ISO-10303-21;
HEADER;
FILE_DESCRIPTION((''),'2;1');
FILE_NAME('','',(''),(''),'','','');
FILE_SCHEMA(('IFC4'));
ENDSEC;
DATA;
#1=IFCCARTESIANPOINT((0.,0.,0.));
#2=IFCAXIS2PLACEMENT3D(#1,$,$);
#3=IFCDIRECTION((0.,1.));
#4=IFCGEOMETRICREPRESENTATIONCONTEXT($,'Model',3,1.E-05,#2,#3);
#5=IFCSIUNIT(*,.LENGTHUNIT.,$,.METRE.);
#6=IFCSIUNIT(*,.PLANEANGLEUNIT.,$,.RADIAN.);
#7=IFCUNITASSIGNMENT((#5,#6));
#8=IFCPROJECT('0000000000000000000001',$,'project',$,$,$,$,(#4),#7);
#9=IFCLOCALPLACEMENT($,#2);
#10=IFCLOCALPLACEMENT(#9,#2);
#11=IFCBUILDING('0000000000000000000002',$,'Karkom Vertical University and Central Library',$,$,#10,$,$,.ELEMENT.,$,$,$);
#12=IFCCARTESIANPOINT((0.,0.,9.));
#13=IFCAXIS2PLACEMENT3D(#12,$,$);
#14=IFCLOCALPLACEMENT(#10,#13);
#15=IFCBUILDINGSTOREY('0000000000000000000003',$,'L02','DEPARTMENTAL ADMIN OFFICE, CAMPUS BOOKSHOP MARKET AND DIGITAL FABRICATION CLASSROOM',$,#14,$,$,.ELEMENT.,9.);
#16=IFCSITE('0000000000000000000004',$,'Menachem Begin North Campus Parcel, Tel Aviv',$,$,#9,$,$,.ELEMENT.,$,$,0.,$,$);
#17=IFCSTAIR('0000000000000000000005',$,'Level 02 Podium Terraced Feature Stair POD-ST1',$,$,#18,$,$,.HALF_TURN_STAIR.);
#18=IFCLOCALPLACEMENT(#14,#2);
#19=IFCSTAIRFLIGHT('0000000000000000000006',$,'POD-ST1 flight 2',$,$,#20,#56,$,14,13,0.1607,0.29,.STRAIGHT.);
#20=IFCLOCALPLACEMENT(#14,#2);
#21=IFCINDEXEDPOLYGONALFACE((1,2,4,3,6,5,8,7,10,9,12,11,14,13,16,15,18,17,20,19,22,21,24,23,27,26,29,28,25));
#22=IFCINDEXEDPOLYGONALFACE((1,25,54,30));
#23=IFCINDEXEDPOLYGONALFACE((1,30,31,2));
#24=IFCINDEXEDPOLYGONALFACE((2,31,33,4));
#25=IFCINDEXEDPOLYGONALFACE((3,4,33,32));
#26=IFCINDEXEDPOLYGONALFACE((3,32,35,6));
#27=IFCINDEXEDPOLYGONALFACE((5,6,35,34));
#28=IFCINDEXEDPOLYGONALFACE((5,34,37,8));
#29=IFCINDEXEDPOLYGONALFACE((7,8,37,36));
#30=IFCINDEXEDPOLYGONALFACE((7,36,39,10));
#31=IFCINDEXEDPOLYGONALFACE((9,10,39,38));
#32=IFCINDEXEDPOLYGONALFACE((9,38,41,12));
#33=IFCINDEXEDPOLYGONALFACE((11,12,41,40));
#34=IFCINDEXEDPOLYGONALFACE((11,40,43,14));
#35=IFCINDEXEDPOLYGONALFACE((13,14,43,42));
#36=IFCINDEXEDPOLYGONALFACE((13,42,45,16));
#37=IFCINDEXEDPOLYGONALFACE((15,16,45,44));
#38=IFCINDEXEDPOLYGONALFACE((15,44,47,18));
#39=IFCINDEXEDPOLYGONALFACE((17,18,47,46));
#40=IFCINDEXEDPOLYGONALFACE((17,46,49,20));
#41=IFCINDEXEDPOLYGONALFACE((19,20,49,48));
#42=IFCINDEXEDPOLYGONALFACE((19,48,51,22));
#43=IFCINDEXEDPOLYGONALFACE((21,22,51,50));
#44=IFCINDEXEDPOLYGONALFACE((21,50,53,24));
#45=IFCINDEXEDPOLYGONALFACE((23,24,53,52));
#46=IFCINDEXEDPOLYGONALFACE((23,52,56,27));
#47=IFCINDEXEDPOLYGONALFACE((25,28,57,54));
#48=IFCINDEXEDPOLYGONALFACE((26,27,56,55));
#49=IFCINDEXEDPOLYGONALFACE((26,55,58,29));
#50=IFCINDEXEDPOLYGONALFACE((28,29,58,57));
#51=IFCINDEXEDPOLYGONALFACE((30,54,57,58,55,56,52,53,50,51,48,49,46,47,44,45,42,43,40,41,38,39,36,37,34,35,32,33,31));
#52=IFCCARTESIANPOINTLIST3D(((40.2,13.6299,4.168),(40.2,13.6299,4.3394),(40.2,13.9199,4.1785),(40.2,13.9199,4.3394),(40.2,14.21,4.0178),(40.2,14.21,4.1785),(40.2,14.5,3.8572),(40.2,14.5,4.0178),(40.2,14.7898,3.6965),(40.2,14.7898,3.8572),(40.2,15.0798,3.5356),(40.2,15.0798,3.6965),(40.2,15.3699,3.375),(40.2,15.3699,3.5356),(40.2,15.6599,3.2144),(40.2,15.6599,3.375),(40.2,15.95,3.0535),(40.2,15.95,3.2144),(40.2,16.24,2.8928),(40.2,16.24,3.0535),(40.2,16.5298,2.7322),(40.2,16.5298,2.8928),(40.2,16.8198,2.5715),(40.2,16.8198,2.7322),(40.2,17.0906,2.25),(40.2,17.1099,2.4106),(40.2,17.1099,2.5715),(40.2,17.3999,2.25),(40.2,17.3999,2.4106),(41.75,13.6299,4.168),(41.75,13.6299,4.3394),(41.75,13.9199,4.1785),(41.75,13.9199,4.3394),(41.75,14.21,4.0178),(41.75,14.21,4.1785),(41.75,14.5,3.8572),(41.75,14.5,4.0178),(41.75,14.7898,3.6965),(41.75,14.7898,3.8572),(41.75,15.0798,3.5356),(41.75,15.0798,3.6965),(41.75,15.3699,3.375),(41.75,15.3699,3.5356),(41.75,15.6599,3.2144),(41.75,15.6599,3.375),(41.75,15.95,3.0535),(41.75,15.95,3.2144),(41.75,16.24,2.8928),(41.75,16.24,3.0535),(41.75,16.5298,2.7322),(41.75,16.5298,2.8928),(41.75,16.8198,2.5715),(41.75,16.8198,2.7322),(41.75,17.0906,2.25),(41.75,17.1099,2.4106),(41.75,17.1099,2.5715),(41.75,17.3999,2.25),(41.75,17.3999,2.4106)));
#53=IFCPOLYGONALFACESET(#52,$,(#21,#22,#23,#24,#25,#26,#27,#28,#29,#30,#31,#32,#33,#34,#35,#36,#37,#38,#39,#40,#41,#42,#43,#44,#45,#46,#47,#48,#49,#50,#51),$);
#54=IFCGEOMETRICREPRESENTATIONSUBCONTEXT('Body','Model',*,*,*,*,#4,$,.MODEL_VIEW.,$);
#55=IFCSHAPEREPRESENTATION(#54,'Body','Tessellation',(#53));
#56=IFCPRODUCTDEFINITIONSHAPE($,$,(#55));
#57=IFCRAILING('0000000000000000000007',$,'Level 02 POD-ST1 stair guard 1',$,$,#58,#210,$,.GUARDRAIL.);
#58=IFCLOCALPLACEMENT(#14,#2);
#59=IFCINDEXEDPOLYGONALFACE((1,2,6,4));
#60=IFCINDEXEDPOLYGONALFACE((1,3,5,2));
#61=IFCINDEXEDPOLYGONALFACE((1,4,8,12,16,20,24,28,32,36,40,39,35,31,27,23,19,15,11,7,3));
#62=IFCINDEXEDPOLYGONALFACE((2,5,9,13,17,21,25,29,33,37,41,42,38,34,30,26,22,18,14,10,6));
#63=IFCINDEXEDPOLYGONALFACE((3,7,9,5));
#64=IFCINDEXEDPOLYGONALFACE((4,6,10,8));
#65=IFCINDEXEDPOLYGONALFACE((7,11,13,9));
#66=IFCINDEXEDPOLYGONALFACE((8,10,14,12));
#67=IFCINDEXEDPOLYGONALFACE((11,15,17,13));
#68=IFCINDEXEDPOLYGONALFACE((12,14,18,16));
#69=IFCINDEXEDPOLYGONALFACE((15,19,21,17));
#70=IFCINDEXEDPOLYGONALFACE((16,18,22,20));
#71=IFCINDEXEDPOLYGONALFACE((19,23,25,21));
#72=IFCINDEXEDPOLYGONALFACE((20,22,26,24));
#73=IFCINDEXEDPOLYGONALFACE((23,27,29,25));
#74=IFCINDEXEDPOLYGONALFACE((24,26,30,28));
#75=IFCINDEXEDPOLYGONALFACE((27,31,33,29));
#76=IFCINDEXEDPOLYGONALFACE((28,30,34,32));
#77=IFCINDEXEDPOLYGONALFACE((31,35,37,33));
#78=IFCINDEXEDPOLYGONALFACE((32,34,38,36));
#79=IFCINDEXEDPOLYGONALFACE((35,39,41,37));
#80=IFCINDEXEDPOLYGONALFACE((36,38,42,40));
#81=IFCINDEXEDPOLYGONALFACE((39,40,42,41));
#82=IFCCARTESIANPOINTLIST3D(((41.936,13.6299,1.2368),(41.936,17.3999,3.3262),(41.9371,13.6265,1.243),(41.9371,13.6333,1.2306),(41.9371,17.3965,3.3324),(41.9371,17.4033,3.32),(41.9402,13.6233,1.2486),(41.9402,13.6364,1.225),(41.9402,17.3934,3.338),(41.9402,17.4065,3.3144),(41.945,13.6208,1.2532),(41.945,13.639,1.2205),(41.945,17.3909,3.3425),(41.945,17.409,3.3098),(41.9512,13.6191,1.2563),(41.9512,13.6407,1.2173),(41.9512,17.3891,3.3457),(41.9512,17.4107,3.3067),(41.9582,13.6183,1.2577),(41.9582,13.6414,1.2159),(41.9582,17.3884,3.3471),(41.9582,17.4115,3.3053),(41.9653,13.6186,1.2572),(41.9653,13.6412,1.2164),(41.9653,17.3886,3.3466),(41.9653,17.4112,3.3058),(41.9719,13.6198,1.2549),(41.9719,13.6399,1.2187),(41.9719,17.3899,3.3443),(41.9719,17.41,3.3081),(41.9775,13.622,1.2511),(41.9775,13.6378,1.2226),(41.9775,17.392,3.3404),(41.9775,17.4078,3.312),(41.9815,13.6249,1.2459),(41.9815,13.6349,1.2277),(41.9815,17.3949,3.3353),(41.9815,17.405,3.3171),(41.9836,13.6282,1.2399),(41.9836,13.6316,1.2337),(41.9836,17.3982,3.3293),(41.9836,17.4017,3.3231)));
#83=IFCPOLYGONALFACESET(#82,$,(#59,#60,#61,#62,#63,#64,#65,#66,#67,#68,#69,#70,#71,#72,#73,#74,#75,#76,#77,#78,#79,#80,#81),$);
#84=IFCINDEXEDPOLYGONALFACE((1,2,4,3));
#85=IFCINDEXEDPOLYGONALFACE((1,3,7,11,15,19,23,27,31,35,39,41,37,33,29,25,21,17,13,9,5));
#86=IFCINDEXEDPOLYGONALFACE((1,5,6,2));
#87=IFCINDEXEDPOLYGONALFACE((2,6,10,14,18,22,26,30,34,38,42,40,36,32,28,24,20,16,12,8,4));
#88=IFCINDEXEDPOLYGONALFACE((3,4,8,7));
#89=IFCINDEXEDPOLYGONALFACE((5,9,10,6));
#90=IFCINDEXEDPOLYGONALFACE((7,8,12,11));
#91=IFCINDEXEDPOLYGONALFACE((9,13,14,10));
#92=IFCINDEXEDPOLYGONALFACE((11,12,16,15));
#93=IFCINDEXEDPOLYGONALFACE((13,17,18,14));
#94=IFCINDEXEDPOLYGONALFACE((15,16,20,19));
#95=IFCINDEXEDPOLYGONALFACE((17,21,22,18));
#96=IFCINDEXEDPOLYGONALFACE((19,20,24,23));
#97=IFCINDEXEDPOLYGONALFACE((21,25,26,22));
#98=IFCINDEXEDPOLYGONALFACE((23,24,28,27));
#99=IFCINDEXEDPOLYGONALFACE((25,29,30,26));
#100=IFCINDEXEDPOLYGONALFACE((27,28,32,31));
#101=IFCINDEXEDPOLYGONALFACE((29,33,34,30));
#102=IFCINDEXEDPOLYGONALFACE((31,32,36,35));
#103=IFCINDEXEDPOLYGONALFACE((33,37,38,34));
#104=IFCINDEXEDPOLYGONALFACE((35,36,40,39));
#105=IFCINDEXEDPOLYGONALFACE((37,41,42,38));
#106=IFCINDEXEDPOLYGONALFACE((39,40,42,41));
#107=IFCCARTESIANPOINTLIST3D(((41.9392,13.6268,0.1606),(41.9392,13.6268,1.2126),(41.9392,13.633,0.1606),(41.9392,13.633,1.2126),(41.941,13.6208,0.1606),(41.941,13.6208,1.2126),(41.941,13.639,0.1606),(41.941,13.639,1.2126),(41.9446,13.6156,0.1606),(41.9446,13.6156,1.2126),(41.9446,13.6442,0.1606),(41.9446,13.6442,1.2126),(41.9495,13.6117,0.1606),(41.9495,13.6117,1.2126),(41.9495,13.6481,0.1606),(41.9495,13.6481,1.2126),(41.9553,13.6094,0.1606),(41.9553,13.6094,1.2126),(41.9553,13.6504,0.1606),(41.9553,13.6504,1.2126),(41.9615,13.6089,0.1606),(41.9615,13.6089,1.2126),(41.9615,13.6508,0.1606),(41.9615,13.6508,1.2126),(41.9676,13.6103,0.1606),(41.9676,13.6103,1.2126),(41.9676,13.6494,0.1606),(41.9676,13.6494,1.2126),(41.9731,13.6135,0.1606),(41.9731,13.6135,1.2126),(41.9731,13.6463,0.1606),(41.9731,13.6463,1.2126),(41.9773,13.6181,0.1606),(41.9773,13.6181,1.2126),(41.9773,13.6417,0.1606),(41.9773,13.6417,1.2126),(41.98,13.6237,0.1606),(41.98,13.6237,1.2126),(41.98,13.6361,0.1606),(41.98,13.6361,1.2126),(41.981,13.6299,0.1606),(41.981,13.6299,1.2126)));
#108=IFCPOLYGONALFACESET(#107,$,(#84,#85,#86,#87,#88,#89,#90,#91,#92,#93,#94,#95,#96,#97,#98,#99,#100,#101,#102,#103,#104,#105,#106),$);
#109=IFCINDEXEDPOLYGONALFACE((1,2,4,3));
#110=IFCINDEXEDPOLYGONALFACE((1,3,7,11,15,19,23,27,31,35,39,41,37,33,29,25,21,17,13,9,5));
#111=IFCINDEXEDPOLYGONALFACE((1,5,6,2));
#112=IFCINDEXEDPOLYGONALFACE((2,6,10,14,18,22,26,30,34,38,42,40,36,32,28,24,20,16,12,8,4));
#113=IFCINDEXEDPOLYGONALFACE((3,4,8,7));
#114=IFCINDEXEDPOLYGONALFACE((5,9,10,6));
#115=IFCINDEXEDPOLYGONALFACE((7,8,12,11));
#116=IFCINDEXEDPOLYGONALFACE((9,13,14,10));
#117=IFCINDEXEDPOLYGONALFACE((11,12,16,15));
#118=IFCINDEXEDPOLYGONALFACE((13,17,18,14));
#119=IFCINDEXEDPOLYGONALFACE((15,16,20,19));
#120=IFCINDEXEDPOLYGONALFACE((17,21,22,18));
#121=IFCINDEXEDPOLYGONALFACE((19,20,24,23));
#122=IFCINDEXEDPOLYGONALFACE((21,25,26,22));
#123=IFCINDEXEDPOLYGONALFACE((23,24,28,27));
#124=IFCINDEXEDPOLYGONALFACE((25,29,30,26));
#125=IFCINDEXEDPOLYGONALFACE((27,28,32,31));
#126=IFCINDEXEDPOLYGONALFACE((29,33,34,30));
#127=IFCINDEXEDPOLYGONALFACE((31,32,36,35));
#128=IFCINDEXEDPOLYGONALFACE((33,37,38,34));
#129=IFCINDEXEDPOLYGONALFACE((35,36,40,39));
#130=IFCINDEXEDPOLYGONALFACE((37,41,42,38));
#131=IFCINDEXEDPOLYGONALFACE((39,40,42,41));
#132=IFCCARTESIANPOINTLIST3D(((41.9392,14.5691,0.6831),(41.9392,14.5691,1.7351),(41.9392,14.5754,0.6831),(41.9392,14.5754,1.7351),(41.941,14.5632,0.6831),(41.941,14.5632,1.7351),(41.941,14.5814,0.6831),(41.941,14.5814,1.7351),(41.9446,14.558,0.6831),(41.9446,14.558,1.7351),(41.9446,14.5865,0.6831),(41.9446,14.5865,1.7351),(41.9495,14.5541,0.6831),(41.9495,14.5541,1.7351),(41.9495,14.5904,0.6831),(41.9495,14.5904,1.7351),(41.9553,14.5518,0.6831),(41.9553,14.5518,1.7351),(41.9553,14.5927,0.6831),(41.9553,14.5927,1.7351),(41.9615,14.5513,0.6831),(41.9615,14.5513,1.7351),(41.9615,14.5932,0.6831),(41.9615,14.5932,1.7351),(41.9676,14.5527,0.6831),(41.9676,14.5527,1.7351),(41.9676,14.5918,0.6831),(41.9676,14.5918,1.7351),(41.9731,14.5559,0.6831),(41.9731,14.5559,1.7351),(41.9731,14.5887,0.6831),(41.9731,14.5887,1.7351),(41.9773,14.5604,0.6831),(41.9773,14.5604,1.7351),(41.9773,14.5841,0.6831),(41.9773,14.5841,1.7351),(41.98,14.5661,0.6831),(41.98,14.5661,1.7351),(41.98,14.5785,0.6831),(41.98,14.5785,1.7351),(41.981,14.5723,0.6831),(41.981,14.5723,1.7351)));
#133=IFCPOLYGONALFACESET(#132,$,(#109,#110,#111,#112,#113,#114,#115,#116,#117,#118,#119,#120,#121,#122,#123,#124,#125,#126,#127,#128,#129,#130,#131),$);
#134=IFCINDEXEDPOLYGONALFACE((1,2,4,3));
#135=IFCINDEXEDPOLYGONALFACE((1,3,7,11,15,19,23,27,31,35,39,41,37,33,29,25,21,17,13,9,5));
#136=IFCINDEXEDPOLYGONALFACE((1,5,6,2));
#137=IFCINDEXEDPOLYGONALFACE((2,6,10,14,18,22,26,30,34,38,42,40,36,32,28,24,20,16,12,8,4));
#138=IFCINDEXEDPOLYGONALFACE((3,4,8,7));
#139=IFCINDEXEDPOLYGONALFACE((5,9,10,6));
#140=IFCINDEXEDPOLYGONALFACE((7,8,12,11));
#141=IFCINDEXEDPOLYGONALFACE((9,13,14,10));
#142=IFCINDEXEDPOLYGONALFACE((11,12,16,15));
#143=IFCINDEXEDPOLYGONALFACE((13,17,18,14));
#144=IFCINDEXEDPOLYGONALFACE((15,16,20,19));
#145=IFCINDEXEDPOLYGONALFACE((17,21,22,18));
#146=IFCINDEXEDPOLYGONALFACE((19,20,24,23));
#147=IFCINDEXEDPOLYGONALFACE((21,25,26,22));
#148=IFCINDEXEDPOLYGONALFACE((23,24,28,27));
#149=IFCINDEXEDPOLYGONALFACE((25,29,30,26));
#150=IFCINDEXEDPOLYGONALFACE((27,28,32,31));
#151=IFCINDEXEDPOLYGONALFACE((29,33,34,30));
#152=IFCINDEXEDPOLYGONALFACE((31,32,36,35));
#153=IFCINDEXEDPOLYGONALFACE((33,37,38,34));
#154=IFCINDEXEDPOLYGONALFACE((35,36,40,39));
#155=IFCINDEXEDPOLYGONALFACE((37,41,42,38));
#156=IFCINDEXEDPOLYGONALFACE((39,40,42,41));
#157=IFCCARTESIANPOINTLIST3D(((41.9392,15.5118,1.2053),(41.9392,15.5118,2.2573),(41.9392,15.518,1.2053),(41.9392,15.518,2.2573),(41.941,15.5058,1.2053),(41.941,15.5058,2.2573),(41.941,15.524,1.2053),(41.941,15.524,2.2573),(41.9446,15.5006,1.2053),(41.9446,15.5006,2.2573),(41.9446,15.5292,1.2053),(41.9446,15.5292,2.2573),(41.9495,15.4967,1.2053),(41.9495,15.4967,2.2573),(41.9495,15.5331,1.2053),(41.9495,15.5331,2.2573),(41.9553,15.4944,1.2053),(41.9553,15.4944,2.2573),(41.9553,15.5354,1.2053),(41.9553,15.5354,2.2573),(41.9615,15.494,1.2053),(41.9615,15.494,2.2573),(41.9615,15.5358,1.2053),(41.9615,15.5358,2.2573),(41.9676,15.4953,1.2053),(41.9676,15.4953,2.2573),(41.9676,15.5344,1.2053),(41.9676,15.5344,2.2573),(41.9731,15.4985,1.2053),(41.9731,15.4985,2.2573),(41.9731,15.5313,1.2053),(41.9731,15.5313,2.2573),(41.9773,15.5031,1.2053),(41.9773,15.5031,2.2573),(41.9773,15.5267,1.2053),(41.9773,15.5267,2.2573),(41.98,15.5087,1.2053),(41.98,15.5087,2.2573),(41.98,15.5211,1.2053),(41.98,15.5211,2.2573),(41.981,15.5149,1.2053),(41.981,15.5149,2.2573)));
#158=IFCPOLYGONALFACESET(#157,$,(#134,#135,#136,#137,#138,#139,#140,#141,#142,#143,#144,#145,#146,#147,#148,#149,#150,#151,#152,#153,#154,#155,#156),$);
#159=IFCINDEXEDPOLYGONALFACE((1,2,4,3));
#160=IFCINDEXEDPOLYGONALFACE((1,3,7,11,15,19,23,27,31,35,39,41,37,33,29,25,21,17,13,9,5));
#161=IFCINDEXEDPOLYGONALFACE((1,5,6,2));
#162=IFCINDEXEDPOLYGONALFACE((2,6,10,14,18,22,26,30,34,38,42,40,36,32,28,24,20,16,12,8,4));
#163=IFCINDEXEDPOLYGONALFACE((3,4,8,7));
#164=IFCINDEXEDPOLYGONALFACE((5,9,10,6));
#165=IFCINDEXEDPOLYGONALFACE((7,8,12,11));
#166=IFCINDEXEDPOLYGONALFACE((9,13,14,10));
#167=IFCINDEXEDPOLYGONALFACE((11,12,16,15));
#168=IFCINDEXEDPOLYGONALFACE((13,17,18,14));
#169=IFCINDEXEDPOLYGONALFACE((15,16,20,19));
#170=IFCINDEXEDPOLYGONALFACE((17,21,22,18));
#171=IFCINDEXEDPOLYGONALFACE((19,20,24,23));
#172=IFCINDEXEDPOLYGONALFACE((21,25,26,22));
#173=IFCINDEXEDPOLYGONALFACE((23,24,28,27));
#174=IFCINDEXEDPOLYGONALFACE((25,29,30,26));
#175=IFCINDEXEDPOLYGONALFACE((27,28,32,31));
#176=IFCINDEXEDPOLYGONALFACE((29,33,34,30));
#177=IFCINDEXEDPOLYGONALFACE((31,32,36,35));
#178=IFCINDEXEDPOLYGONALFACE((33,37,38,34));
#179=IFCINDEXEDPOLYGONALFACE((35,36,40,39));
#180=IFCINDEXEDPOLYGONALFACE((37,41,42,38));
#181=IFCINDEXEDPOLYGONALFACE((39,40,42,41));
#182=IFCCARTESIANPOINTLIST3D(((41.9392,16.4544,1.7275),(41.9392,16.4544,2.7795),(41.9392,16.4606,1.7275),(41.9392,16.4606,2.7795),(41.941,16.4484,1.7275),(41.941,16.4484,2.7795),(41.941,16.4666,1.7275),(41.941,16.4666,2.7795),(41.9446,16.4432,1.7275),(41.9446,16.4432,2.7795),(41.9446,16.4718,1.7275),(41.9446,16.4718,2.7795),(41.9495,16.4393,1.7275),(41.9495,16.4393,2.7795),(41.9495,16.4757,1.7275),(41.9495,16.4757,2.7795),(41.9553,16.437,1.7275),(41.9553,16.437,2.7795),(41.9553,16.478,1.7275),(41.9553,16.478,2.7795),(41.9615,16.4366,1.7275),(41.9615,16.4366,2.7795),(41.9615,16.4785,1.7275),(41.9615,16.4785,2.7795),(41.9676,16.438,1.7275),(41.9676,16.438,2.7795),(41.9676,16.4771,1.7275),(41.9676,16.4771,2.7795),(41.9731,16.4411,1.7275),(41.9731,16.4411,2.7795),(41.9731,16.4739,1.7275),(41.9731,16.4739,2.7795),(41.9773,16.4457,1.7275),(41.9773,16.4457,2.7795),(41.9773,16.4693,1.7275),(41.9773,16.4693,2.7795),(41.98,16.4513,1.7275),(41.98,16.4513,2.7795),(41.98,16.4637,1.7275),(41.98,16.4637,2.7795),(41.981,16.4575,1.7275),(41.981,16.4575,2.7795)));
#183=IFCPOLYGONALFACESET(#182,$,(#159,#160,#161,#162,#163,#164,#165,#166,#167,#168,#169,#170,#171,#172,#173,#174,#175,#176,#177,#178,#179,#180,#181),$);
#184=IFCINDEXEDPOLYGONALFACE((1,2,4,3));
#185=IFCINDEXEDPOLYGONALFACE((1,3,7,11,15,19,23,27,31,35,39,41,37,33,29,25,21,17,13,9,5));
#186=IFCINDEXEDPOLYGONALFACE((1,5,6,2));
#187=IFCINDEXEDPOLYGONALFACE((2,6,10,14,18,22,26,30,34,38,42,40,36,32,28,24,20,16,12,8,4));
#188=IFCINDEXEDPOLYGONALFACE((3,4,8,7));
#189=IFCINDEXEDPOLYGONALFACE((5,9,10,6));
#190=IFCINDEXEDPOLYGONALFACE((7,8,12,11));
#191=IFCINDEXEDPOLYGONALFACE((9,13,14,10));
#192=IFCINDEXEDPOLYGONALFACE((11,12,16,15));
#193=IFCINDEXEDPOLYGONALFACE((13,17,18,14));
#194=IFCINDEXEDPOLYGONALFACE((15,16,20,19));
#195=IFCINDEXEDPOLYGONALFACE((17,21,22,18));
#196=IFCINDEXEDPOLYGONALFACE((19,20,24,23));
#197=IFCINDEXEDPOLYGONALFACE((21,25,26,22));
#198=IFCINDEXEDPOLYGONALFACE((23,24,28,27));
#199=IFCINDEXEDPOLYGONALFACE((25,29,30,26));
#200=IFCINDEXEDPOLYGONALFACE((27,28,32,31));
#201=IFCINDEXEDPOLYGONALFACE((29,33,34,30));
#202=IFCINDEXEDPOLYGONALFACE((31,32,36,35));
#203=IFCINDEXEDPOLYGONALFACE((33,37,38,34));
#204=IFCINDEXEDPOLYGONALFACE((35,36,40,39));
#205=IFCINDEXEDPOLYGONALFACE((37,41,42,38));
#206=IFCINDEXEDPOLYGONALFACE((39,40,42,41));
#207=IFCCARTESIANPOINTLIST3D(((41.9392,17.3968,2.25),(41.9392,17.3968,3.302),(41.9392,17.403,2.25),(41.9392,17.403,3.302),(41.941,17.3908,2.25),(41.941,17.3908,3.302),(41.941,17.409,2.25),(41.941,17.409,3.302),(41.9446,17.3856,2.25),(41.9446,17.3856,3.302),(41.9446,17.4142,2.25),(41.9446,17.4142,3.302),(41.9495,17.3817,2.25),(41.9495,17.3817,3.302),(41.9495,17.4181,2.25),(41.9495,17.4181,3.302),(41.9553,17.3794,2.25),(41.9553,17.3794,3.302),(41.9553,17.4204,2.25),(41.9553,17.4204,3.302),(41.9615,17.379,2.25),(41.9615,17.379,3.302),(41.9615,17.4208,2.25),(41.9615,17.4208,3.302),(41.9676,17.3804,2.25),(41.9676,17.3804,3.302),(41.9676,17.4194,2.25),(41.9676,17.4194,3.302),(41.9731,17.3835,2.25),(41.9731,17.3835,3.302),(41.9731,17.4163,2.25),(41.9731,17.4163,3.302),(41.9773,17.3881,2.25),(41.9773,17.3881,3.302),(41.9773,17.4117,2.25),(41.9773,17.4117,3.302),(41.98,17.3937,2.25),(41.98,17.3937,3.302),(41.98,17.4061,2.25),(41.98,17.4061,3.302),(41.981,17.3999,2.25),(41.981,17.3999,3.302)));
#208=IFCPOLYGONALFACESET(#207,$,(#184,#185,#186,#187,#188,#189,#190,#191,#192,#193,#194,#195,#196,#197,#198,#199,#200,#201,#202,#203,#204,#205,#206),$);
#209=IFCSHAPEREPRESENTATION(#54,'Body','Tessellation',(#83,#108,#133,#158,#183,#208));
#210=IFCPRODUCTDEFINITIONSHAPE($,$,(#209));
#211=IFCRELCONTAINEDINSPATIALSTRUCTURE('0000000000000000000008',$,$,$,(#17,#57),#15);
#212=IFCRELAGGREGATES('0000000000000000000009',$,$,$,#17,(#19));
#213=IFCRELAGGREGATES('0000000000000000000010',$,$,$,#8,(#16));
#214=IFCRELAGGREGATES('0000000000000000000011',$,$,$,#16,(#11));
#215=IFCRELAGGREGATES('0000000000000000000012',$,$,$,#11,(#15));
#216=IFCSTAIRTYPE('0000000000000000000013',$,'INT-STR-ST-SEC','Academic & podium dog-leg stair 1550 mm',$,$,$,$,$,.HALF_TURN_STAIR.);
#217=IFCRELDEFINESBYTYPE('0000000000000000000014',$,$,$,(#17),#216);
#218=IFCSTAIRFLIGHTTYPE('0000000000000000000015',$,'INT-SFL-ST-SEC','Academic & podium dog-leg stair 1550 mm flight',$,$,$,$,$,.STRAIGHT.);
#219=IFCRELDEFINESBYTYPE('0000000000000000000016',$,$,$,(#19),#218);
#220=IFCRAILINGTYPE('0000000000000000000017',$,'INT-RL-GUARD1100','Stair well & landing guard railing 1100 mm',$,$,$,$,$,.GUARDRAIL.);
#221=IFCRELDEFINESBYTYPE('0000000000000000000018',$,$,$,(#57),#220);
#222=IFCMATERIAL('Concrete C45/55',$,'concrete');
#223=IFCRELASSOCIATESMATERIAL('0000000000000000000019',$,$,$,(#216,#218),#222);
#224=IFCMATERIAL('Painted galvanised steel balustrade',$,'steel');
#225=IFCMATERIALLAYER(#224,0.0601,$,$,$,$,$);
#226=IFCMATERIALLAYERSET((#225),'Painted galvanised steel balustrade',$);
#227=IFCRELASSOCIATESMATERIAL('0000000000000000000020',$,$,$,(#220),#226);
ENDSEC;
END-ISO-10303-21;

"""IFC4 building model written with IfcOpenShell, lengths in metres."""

from ifc_helpers import new_model, si_unit, direction, frame, origin, origin_2d, place, context, subcontext, project, spatial, polyline, circle, outline, extrude, material, layer, layer_set, type_object, element, aggregate, save


model = new_model("IFC4")

# Units and contexts
model_context = context("Model", 3, precision=1e-05, world=origin(), true_north=direction((0.0, 1.0)))
body_context = subcontext(model_context, "Body", "Model", "MODEL_VIEW")
ifc_project = project(units=[si_unit("LENGTHUNIT", "METRE"), si_unit("PLANEANGLEUNIT", "RADIAN")], contexts=[model_context])

# Site, building, storey
site_placement = place(None, origin())
site = spatial("IfcSite", under=ifc_project, at=site_placement, Name="Menachem Begin North Campus Parcel, Tel Aviv", CompositionType="ELEMENT", RefElevation=0.0)
building_placement = place(site_placement, origin())
building = spatial("IfcBuilding", under=site, at=building_placement, Name="Karkom Vertical University and Central Library", CompositionType="ELEMENT")
storey_placement = place(building_placement, frame((0.0, 0.0, 9.0)))
storey = spatial("IfcBuildingStorey", under=building, at=storey_placement, Name="L02", Description="DEPARTMENTAL ADMIN OFFICE, CAMPUS BOOKSHOP MARKET AND DIGITAL FABRICATION CLASSROOM", CompositionType="ELEMENT", Elevation=9.0)

# Shared definitions
ifc_material_1 = material(Name="Concrete C45/55", Category="concrete")

# Stair, stair flight
stair_type = type_object("IfcStairType", Name="INT-STR-ST-SEC", Description="Academic & podium dog-leg stair 1550 mm", PredefinedType="HALF_TURN_STAIR", material=ifc_material_1)
stair_placement = place(storey_placement, origin())
stair = element("IfcStair", 1, at=stair_placement, inside=storey, type_object=stair_type, Name="Level 02 Podium Terraced Feature Stair POD-ST1", PredefinedType="HALF_TURN_STAIR")
stair_flight_type = type_object("IfcStairFlightType", Name="INT-SFL-ST-SEC", Description="Academic & podium dog-leg stair 1550 mm flight", PredefinedType="STRAIGHT", material=ifc_material_1)
stair_flight_1_placement = place(storey_placement, frame((40.9751, 17.3999, 2.25), z_axis=(0.0, 0.0, 1.0), x_axis=(0.0, -1.0, 0.0)))
stair_flight_1 = element("IfcStairFlight", 2, at=stair_flight_1_placement, type_object=stair_flight_type, Name="POD-ST1 flight 2", NumberOfRisers=14, NumberOfTreads=13, PredefinedType="STRAIGHT", RiserHeight=0.1607, TreadLength=0.29, context=body_context, shape_type="SweptSolid", body=[
    extrude(outline(polyline([(0.0, 0.0), (0.0, 0.1606), (0.29, 0.1606), (0.29, 0.3215), (0.5801, 0.3215), (0.5801, 0.4822), (0.8701, 0.4822), (0.8701, 0.6428), (1.1599, 0.6428), (1.1599, 0.8035), (1.45, 0.8035), (1.45, 0.9644), (1.74, 0.9644), (1.74, 1.125), (2.03, 1.125), (2.03, 1.2856), (2.3201, 1.2856), (2.3201, 1.4465), (2.6101, 1.4465), (2.6101, 1.6072), (2.8999, 1.6072), (2.8999, 1.7678), (3.1899, 1.7678), (3.1899, 1.9285), (3.48, 1.9285), (3.48, 2.0894), (3.77, 2.0894), (3.77, 2.25), (3.77, 1.918), (0.3093, 0.0), (0.0, 0.0)])), frame((0.0, 0.7749, 0.0), z_axis=(0.0, -1.0, 0.0), x_axis=(1.0, 0.0, 0.0)), (0.0, 0.0, 1.0), 1.55),
])
aggregate(stair, [stair_flight_1])

# Railing
ifc_material_2 = material(Name="Painted galvanised steel balustrade", Category="steel")
ifc_layer_1 = layer(ifc_material_2, 0.0601)
ifc_layer_set_1 = layer_set([ifc_layer_1], Name="Painted galvanised steel balustrade")
railing_type_1 = type_object("IfcRailingType", Name="INT-RL-GUARD1100", Description="Stair well & landing guard railing 1100 mm", PredefinedType="GUARDRAIL", material=ifc_layer_set_1)
railing_1_placement = place(storey_placement, frame((41.96, 13.6299, 0.1606)))
element("IfcRailing", 3, at=railing_1_placement, inside=storey, type_object=railing_type_1, Name="Level 02 POD-ST1 stair guard 1", PredefinedType="GUARDRAIL", context=body_context, shape_type="SweptSolid", body=[
    extrude(circle(Radius=0.0239, at=origin_2d()), frame((0.0, 0.0, 1.0762), z_axis=(0.0, 0.874659, 0.484739), x_axis=(-1.0, 0.0, 0.0)), (0.0, 0.0, 1.0), 4.3103),
    extrude(circle(Radius=0.021, at=origin_2d()), origin(), (0.0, 0.0, 1.0), 1.052),
    extrude(circle(Radius=0.021, at=origin_2d()), frame((0.0, 0.9424, 0.5225)), (0.0, 0.0, 1.0), 1.052),
    extrude(circle(Radius=0.021, at=origin_2d()), frame((0.0, 1.885, 1.0447)), (0.0, 0.0, 1.0), 1.052),
    extrude(circle(Radius=0.021, at=origin_2d()), frame((0.0, 2.8276, 1.5669)), (0.0, 0.0, 1.0), 1.052),
    extrude(circle(Radius=0.021, at=origin_2d()), frame((0.0, 3.77, 2.0894)), (0.0, 0.0, 1.0), 1.052),
])

save(model, "model.ifc")
